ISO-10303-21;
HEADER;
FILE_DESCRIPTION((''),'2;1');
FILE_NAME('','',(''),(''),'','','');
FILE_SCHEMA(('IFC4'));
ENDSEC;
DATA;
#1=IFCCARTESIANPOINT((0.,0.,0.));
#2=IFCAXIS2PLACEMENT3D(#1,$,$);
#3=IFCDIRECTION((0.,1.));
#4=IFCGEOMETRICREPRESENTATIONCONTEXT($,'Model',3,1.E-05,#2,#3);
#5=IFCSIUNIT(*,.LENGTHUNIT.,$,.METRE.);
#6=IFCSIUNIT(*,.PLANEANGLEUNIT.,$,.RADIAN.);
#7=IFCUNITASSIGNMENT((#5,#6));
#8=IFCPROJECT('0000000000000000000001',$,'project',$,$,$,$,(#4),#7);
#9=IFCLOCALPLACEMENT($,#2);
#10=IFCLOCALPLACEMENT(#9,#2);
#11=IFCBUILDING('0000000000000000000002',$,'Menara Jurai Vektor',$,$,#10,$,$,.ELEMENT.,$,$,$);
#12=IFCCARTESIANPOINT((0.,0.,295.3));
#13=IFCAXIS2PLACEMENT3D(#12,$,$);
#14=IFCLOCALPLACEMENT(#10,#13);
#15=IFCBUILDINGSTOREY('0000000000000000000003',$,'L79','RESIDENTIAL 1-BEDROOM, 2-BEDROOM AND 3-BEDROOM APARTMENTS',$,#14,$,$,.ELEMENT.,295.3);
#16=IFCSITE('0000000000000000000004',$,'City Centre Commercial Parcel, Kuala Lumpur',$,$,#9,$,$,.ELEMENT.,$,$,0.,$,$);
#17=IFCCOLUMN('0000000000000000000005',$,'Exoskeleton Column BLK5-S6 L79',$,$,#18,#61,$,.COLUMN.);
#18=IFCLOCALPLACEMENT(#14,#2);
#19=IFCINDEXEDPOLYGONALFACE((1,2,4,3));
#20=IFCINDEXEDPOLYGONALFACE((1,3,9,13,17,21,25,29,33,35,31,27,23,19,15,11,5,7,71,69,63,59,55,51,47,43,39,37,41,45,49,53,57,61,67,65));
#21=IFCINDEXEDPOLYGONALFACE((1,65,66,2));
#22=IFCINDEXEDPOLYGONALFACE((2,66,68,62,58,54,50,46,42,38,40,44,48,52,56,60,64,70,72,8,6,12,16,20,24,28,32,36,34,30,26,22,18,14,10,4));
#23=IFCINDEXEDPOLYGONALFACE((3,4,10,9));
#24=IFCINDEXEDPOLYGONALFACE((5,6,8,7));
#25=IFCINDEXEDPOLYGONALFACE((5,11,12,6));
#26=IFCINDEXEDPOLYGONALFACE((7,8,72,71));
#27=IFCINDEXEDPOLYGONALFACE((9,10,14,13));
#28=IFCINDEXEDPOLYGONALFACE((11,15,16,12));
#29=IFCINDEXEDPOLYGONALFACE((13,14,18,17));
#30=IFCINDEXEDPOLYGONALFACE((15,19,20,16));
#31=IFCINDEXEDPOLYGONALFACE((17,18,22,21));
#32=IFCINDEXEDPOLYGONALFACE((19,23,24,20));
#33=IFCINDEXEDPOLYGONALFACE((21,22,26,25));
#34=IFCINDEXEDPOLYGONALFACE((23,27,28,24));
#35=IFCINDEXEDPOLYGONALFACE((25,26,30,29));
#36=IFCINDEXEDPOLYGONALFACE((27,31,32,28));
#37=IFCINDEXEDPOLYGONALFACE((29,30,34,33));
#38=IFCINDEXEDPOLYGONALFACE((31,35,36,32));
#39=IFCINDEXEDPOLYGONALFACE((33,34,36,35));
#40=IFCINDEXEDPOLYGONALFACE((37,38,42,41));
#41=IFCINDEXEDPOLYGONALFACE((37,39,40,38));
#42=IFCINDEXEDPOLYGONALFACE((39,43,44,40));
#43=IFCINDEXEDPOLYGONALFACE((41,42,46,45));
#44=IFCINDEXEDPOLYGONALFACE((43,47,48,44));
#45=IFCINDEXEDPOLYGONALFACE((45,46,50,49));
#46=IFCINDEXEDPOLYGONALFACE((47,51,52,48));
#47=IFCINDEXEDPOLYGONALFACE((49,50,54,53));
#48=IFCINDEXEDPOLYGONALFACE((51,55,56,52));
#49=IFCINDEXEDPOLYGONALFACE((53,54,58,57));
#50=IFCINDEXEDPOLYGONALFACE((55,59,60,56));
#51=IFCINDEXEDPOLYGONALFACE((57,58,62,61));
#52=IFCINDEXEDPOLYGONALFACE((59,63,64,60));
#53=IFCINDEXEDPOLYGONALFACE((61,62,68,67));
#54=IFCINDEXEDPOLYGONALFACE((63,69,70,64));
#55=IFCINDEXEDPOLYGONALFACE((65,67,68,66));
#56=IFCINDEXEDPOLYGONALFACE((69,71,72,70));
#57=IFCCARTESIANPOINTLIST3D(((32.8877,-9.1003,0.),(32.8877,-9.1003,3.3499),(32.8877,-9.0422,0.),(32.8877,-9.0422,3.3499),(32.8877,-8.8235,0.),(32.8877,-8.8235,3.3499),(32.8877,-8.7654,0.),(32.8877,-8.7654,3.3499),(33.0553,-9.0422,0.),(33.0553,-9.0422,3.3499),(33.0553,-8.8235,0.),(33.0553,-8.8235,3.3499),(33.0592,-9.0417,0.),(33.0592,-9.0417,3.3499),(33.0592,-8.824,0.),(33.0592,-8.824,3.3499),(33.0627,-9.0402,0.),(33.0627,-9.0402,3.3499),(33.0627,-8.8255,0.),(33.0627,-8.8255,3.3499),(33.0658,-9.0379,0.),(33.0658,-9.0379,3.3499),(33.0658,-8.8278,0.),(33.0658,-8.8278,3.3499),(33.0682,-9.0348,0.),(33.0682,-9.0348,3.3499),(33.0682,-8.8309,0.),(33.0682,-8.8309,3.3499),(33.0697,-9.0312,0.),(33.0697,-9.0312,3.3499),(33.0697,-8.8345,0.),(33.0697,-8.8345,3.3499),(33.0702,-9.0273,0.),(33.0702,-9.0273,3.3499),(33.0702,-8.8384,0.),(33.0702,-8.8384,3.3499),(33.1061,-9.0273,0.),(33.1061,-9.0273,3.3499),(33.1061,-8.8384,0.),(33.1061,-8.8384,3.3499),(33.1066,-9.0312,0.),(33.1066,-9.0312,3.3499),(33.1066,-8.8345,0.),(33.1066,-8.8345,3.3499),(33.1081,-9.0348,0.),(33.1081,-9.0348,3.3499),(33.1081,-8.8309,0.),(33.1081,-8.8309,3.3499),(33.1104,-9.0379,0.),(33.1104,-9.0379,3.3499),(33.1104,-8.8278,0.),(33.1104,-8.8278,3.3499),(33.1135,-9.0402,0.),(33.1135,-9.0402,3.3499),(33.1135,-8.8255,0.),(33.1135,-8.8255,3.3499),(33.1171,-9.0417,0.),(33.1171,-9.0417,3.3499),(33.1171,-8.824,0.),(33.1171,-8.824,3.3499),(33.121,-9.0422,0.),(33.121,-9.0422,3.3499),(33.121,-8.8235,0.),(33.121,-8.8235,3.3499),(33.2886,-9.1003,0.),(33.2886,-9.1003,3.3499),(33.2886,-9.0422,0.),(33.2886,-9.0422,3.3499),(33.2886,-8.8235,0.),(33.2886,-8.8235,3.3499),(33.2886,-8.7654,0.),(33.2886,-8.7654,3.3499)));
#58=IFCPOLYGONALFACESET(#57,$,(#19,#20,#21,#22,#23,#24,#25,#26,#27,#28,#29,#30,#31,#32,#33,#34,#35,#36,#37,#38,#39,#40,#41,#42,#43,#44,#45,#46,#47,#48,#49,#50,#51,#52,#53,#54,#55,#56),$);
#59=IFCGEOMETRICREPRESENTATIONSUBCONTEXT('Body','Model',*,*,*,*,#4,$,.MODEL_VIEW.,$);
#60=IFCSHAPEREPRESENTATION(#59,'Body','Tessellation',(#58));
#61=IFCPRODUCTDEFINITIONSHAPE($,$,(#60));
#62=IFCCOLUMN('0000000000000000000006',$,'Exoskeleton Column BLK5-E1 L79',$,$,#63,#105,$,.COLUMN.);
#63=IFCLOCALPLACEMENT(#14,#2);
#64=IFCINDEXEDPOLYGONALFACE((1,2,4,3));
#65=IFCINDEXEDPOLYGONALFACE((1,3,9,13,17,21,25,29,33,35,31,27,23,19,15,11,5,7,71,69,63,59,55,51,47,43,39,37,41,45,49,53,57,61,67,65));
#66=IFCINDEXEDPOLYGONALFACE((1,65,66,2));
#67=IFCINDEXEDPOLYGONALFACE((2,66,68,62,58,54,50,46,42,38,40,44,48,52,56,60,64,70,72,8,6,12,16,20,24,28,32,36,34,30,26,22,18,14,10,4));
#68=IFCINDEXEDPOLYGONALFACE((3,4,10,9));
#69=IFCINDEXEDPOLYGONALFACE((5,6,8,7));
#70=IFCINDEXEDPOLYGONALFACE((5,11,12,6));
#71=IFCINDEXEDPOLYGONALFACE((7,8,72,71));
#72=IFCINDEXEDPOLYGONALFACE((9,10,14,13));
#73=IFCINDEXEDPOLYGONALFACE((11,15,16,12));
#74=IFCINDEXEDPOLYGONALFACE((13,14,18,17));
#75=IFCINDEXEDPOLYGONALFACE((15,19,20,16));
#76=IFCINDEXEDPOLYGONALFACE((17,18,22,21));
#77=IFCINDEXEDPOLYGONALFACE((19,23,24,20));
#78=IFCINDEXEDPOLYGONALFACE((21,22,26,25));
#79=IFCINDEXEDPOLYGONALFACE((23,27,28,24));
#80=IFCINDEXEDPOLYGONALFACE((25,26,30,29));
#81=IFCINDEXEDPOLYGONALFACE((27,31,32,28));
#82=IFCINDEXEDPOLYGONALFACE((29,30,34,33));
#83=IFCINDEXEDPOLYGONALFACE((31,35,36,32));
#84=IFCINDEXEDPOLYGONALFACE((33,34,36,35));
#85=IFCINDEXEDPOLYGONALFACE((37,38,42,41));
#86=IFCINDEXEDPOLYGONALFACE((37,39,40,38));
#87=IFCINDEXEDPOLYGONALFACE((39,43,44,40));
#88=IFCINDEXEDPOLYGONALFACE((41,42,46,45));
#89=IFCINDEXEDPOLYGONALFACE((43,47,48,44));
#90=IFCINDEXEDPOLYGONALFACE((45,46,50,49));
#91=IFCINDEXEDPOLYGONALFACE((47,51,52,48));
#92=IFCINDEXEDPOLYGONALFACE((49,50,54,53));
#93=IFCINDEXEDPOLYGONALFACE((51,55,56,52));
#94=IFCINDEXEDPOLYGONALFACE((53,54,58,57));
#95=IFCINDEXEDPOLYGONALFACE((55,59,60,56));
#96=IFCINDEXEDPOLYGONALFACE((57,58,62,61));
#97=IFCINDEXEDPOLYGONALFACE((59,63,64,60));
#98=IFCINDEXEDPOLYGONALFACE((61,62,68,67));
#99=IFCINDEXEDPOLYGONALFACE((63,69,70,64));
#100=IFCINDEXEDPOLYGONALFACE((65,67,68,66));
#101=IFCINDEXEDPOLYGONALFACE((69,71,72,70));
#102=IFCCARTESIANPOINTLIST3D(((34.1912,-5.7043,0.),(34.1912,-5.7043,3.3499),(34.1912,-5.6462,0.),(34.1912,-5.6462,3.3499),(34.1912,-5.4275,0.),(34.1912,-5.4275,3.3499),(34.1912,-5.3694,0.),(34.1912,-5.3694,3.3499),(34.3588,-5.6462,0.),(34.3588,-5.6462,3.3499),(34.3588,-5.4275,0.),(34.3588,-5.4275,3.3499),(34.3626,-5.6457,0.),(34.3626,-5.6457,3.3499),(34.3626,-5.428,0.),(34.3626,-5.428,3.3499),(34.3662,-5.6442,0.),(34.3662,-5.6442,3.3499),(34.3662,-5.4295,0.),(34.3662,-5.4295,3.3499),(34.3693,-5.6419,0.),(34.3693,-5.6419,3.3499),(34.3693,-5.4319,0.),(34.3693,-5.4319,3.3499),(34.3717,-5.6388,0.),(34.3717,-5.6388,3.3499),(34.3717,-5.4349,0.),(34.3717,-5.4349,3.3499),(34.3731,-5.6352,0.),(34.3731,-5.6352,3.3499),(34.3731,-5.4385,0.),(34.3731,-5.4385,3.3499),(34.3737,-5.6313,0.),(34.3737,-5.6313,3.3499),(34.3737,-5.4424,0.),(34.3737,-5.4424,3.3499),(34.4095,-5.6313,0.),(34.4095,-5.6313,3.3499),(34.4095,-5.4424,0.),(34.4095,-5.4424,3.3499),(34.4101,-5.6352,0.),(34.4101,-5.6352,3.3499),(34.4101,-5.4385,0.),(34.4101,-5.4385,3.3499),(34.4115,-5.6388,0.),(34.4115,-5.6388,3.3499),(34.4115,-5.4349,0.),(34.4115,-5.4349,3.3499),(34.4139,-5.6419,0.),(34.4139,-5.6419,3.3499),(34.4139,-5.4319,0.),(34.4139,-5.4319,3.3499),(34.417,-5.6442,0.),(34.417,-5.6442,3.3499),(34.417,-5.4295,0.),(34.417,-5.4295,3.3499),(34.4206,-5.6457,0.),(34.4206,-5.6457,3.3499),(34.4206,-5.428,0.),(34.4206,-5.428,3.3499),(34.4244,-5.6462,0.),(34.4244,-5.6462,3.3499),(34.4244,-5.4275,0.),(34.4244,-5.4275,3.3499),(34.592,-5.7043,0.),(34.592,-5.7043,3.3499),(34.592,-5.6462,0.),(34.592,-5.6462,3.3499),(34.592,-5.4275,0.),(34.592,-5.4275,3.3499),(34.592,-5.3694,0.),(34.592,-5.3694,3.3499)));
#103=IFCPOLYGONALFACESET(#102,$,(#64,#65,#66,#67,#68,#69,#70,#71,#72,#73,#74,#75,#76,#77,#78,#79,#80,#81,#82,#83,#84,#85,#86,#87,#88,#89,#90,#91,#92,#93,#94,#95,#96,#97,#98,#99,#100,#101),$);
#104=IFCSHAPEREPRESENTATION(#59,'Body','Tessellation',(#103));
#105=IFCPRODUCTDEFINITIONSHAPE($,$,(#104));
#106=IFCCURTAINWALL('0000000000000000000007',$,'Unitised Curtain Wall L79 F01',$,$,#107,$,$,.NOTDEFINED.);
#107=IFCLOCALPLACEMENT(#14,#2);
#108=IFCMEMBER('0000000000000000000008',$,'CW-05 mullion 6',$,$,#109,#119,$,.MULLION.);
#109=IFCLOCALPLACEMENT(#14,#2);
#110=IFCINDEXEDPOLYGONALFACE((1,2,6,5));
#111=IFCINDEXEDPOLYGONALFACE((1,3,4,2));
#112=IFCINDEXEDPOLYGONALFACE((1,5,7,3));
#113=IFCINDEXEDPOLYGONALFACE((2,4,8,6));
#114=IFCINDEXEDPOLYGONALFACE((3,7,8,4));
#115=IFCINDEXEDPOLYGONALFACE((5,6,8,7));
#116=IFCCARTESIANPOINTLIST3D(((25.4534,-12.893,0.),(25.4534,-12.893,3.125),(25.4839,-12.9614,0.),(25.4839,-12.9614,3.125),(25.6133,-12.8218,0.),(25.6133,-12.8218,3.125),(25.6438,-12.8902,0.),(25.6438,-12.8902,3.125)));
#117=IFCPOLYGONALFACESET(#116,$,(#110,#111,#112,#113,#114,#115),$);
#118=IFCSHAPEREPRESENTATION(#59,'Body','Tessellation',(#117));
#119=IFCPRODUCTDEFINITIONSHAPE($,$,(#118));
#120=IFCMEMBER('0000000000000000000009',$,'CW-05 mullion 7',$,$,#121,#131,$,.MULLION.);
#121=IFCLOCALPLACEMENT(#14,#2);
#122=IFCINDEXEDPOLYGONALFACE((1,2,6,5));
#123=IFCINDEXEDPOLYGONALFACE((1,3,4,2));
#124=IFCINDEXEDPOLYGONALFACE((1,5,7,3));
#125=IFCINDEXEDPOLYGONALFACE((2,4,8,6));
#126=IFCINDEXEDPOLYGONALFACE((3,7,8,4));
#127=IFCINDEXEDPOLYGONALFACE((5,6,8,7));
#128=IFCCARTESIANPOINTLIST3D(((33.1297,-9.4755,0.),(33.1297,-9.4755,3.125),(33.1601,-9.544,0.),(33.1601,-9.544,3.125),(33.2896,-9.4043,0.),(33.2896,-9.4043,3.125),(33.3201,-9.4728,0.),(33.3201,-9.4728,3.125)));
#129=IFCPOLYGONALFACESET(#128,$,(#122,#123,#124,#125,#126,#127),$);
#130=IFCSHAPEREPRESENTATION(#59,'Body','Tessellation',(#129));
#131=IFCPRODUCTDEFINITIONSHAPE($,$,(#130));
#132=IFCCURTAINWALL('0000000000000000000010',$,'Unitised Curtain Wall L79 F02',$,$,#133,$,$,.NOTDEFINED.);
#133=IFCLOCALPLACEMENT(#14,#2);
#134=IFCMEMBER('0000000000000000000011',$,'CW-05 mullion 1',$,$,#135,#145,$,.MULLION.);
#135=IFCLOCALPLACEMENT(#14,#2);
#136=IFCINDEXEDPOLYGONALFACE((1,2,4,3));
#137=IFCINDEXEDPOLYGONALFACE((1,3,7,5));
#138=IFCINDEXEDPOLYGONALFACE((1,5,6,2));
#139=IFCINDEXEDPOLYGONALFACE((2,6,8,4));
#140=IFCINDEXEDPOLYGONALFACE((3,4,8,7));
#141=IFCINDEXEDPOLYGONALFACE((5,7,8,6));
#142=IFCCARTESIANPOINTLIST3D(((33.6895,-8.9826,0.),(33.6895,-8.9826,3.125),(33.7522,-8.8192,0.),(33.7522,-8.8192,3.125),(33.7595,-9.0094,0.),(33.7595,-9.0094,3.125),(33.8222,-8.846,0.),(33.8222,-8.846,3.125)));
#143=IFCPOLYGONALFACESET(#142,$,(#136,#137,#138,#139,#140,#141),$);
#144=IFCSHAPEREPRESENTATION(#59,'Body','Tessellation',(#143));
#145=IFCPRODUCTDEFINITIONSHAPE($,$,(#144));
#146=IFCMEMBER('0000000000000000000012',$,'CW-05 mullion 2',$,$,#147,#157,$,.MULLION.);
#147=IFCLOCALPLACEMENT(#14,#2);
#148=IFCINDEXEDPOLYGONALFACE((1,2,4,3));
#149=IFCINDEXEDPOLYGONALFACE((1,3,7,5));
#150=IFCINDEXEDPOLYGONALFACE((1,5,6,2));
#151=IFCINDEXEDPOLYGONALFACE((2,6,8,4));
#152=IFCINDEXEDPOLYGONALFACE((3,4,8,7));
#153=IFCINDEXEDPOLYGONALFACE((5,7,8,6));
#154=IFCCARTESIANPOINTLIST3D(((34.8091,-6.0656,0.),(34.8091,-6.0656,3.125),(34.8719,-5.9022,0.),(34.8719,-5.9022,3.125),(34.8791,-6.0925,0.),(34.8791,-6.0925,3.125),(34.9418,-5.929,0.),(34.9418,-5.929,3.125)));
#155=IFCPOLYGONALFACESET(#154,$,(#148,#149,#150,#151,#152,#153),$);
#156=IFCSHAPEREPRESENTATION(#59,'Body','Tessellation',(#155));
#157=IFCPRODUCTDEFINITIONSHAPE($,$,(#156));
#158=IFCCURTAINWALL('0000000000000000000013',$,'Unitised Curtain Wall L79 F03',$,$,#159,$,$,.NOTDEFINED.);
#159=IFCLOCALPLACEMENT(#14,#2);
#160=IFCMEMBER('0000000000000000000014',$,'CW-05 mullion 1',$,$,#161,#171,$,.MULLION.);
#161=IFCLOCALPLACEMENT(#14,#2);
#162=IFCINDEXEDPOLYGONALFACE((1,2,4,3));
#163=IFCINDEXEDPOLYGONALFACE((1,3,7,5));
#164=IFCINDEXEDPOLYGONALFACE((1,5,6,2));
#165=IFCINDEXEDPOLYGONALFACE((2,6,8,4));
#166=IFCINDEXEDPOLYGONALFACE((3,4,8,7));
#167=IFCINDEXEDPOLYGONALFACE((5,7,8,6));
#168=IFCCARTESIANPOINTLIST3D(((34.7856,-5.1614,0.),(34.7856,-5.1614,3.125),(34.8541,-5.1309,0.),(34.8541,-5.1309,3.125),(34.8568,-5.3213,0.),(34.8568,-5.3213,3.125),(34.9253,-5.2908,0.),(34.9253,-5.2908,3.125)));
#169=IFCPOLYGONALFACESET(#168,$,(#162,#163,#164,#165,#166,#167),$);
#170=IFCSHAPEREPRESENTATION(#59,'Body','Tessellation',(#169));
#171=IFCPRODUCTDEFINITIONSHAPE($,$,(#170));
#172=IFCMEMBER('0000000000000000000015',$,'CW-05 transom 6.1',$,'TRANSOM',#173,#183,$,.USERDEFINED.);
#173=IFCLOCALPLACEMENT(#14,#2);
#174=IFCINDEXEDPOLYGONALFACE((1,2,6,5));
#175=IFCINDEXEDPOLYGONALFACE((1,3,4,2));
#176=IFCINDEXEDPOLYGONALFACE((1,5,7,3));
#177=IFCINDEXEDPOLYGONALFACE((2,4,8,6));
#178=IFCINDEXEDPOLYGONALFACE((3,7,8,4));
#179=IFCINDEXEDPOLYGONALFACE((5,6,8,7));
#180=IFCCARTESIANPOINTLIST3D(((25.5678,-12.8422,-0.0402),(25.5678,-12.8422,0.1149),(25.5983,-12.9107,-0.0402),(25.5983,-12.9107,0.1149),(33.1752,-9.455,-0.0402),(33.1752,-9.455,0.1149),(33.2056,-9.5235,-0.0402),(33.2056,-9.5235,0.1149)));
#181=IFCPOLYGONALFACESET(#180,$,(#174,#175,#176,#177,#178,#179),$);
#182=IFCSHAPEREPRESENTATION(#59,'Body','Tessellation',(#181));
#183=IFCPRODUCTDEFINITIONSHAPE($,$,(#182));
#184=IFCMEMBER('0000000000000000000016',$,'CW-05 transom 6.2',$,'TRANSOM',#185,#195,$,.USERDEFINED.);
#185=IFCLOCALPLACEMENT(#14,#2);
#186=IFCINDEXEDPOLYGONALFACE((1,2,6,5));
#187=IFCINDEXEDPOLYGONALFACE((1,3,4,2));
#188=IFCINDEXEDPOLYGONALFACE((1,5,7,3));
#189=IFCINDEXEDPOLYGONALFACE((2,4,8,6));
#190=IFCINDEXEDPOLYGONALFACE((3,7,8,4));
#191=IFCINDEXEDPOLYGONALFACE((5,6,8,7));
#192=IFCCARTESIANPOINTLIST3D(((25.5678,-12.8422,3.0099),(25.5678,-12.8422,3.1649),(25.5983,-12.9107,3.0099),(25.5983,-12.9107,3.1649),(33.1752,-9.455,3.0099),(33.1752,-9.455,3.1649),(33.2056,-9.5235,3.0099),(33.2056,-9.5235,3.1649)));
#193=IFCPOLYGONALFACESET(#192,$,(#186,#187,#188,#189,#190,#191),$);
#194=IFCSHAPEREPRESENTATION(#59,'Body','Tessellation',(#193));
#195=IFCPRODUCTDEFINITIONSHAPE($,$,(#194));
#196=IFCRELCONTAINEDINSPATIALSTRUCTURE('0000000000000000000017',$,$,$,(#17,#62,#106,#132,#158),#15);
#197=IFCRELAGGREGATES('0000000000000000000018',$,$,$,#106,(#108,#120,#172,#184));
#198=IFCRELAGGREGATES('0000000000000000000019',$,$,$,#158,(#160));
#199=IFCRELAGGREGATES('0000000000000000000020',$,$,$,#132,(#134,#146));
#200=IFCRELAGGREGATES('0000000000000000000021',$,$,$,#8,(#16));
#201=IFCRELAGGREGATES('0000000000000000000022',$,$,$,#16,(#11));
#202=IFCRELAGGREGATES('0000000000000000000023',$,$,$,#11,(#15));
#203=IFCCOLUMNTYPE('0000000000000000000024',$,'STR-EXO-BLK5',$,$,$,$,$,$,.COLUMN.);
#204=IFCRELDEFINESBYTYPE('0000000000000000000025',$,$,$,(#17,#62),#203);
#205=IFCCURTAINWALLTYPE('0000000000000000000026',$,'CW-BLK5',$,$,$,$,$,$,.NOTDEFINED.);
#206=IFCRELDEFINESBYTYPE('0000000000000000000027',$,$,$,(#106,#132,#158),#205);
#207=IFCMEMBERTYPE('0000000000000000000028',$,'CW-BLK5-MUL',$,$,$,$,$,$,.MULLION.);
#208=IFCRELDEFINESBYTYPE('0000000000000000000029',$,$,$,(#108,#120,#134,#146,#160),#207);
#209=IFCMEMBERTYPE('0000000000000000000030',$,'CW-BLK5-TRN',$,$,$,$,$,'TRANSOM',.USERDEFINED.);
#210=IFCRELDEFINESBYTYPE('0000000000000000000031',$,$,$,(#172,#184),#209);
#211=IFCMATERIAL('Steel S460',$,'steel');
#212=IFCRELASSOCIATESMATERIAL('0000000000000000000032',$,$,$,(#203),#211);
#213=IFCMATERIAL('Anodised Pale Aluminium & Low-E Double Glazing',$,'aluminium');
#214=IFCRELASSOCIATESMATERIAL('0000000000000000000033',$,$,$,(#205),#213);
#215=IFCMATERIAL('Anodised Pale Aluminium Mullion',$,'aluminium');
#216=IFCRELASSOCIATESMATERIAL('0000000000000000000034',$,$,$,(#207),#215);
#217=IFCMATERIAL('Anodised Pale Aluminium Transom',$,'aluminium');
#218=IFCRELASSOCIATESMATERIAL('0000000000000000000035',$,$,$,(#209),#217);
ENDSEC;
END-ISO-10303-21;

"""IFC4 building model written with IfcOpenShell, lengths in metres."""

from ifc_helpers import new_model, si_unit, direction, frame, origin, origin_2d, place, context, subcontext, project, spatial, rectangle, i_section, extrude, material, material_profile, profile_set, type_object, element, aggregate, save


model = new_model("IFC4")

# Units and contexts
model_context = context("Model", 3, precision=1e-05, world=origin(), true_north=direction((0.0, 1.0)))
body_context = subcontext(model_context, "Body", "Model", "MODEL_VIEW")
ifc_project = project(units=[si_unit("LENGTHUNIT", "METRE"), si_unit("PLANEANGLEUNIT", "RADIAN")], contexts=[model_context])

# Site, building, storey
site_placement = place(None, origin())
site = spatial("IfcSite", under=ifc_project, at=site_placement, Name="City Centre Commercial Parcel, Kuala Lumpur", CompositionType="ELEMENT", RefElevation=0.0)
building_placement = place(site_placement, origin())
building = spatial("IfcBuilding", under=site, at=building_placement, Name="Menara Jurai Vektor", CompositionType="ELEMENT")
storey_placement = place(building_placement, frame((0.0, 0.0, 295.3)))
storey = spatial("IfcBuildingStorey", under=building, at=storey_placement, Name="L79", Description="RESIDENTIAL 1-BEDROOM, 2-BEDROOM AND 3-BEDROOM APARTMENTS", CompositionType="ELEMENT", Elevation=295.3)

# Columns
ifc_material_1 = material(Name="Steel S460", Category="steel")
ifc_material_profile_1 = material_profile(ifc_material_1, i_section(OverallWidth=0.4009, OverallDepth=0.335, WebThickness=0.0359, FlangeThickness=0.0581, FilletRadius=0.0149, at=origin_2d()), Name="HD 400x463")
ifc_profile_set_1 = profile_set([ifc_material_profile_1], Name="Steel S460")
column_type = type_object("IfcColumnType", Name="STR-EXO-BLK5", PredefinedType="COLUMN", material=ifc_profile_set_1)
for number, where, z_axis, x_axis, name in (
    (1, (33.0881, -8.9329, 0.0), (0.0, 0.0, 1.0), (1.0, 0.0, 0.0), "Exoskeleton Column BLK5-S6 L79"),
    (2, (34.3916, -5.5369, 0.0), (0.0, 0.0, 1.0), (1.0, 0.0, 0.0), "Exoskeleton Column BLK5-E1 L79"),
):
    element("IfcColumn", number, at=place(storey_placement, frame(where, z_axis=z_axis, x_axis=x_axis)), inside=storey, type_object=column_type, Name=name, PredefinedType="COLUMN", context=body_context, shape_type="SweptSolid", body=[
        extrude(i_section(OverallWidth=0.4009, OverallDepth=0.335, WebThickness=0.0359, FlangeThickness=0.0581, FilletRadius=0.0149, at=origin_2d()), origin(), (0.0, 0.0, 1.0), 3.3499),
    ])

# Curtain walls, members
ifc_material_2 = material(Name="Anodised Pale Aluminium & Low-E Double Glazing", Category="aluminium")
curtain_wall_type = type_object("IfcCurtainWallType", Name="CW-BLK5", PredefinedType="NOTDEFINED", material=ifc_material_2)
curtain_wall_1_placement = place(storey_placement, origin())
curtain_wall_1 = element("IfcCurtainWall", 3, at=curtain_wall_1_placement, inside=storey, type_object=curtain_wall_type, Name="Unitised Curtain Wall L79 F01", PredefinedType="NOTDEFINED")
ifc_material_3 = material(Name="Anodised Pale Aluminium Mullion", Category="aluminium")
ifc_material_profile_2 = material_profile(ifc_material_3, rectangle(XDim=0.075, YDim=0.175, at=origin_2d()), Name="ALU MUL 75x175")
ifc_profile_set_2 = profile_set([ifc_material_profile_2], Name="Anodised Pale Aluminium Mullion")
member_type_1 = type_object("IfcMemberType", Name="CW-BLK5-MUL", PredefinedType="MULLION", material=ifc_profile_set_2)
member_1_placement = place(storey_placement, frame((25.5486, -12.8916, 0.0), z_axis=(0.0, 0.0, 1.0), x_axis=(-0.406735, 0.913546, 0.0)))
member_1 = element("IfcMember", 4, at=member_1_placement, type_object=member_type_1, Name="CW-05 mullion 6", PredefinedType="MULLION", context=body_context, shape_type="SweptSolid", body=[
    extrude(rectangle(XDim=0.075, YDim=0.175, at=origin_2d()), origin(), (0.0, 0.0, 1.0), 3.125),
])
member_2_placement = place(storey_placement, frame((33.2249, -9.4741, 0.0), z_axis=(0.0, 0.0, 1.0), x_axis=(-0.406735, 0.913546, 0.0)))
member_2 = element("IfcMember", 5, at=member_2_placement, type_object=member_type_1, Name="CW-05 mullion 7", PredefinedType="MULLION", context=body_context, shape_type="SweptSolid", body=[
    extrude(rectangle(XDim=0.075, YDim=0.175, at=origin_2d()), origin(), (0.0, 0.0, 1.0), 3.125),
])
curtain_wall_2_placement = place(storey_placement, origin())
curtain_wall_2 = element("IfcCurtainWall", 6, at=curtain_wall_2_placement, inside=storey, type_object=curtain_wall_type, Name="Unitised Curtain Wall L79 F02", PredefinedType="NOTDEFINED")
member_3_placement = place(storey_placement, frame((33.7559, -8.9143, 0.0), z_axis=(0.0, 0.0, 1.0), x_axis=(-0.933578, 0.358374, 0.0)))
member_3 = element("IfcMember", 7, at=member_3_placement, type_object=member_type_1, Name="CW-05 mullion 1", PredefinedType="MULLION", context=body_context, shape_type="SweptSolid", body=[
    extrude(rectangle(XDim=0.075, YDim=0.175, at=origin_2d()), origin(), (0.0, 0.0, 1.0), 3.125),
])
member_4_placement = place(storey_placement, frame((34.8755, -5.9973, 0.0), z_axis=(0.0, 0.0, 1.0), x_axis=(-0.933578, 0.358374, 0.0)))
member_4 = element("IfcMember", 8, at=member_4_placement, type_object=member_type_1, Name="CW-05 mullion 2", PredefinedType="MULLION", context=body_context, shape_type="SweptSolid", body=[
    extrude(rectangle(XDim=0.075, YDim=0.175, at=origin_2d()), origin(), (0.0, 0.0, 1.0), 3.125),
])

# Curtain wall, member
curtain_wall_3_placement = place(storey_placement, origin())
curtain_wall_3 = element("IfcCurtainWall", 9, at=curtain_wall_3_placement, inside=storey, type_object=curtain_wall_type, Name="Unitised Curtain Wall L79 F03", PredefinedType="NOTDEFINED")
member_5_placement = place(storey_placement, frame((34.8555, -5.2261, 0.0), z_axis=(0.0, 0.0, 1.0), x_axis=(-0.913546, -0.406735, 0.0)))
member_5 = element("IfcMember", 10, at=member_5_placement, type_object=member_type_1, Name="CW-05 mullion 1", PredefinedType="MULLION", context=body_context, shape_type="SweptSolid", body=[
    extrude(rectangle(XDim=0.075, YDim=0.175, at=origin_2d()), origin(), (0.0, 0.0, 1.0), 3.125),
])

# Members
ifc_material_4 = material(Name="Anodised Pale Aluminium Transom", Category="aluminium")
ifc_material_profile_3 = material_profile(ifc_material_4, rectangle(XDim=0.075, YDim=0.155, at=origin_2d()), Name="ALU TRN 75x155")
ifc_profile_set_3 = profile_set([ifc_material_profile_3], Name="Anodised Pale Aluminium Transom")
member_type_2 = type_object("IfcMemberType", Name="CW-BLK5-TRN", ElementType="TRANSOM", PredefinedType="USERDEFINED", material=ifc_profile_set_3)
member_6_placement = place(storey_placement, frame((25.583, -12.8765, 0.0374), z_axis=(0.913538, 0.406753, 0.0), x_axis=(-0.406753, 0.913538, 0.0)))
member_6 = element("IfcMember", 11, at=member_6_placement, type_object=member_type_2, Name="CW-05 transom 6.1", ObjectType="TRANSOM", PredefinedType="USERDEFINED", context=body_context, shape_type="SweptSolid", body=[
    extrude(rectangle(XDim=0.075, YDim=0.155, at=origin_2d()), origin(), (0.0, 0.0, 1.0), 8.3274),
])
member_7_placement = place(storey_placement, frame((25.583, -12.8765, 3.0874), z_axis=(0.913538, 0.406753, 0.0), x_axis=(-0.406753, 0.913538, 0.0)))
member_7 = element("IfcMember", 12, at=member_7_placement, type_object=member_type_2, Name="CW-05 transom 6.2", ObjectType="TRANSOM", PredefinedType="USERDEFINED", context=body_context, shape_type="SweptSolid", body=[
    extrude(rectangle(XDim=0.075, YDim=0.155, at=origin_2d()), origin(), (0.0, 0.0, 1.0), 8.3274),
])

aggregate(curtain_wall_1, [member_1, member_2, member_6, member_7])
aggregate(curtain_wall_3, [member_5])
aggregate(curtain_wall_2, [member_3, member_4])

save(model, "model.ifc")
